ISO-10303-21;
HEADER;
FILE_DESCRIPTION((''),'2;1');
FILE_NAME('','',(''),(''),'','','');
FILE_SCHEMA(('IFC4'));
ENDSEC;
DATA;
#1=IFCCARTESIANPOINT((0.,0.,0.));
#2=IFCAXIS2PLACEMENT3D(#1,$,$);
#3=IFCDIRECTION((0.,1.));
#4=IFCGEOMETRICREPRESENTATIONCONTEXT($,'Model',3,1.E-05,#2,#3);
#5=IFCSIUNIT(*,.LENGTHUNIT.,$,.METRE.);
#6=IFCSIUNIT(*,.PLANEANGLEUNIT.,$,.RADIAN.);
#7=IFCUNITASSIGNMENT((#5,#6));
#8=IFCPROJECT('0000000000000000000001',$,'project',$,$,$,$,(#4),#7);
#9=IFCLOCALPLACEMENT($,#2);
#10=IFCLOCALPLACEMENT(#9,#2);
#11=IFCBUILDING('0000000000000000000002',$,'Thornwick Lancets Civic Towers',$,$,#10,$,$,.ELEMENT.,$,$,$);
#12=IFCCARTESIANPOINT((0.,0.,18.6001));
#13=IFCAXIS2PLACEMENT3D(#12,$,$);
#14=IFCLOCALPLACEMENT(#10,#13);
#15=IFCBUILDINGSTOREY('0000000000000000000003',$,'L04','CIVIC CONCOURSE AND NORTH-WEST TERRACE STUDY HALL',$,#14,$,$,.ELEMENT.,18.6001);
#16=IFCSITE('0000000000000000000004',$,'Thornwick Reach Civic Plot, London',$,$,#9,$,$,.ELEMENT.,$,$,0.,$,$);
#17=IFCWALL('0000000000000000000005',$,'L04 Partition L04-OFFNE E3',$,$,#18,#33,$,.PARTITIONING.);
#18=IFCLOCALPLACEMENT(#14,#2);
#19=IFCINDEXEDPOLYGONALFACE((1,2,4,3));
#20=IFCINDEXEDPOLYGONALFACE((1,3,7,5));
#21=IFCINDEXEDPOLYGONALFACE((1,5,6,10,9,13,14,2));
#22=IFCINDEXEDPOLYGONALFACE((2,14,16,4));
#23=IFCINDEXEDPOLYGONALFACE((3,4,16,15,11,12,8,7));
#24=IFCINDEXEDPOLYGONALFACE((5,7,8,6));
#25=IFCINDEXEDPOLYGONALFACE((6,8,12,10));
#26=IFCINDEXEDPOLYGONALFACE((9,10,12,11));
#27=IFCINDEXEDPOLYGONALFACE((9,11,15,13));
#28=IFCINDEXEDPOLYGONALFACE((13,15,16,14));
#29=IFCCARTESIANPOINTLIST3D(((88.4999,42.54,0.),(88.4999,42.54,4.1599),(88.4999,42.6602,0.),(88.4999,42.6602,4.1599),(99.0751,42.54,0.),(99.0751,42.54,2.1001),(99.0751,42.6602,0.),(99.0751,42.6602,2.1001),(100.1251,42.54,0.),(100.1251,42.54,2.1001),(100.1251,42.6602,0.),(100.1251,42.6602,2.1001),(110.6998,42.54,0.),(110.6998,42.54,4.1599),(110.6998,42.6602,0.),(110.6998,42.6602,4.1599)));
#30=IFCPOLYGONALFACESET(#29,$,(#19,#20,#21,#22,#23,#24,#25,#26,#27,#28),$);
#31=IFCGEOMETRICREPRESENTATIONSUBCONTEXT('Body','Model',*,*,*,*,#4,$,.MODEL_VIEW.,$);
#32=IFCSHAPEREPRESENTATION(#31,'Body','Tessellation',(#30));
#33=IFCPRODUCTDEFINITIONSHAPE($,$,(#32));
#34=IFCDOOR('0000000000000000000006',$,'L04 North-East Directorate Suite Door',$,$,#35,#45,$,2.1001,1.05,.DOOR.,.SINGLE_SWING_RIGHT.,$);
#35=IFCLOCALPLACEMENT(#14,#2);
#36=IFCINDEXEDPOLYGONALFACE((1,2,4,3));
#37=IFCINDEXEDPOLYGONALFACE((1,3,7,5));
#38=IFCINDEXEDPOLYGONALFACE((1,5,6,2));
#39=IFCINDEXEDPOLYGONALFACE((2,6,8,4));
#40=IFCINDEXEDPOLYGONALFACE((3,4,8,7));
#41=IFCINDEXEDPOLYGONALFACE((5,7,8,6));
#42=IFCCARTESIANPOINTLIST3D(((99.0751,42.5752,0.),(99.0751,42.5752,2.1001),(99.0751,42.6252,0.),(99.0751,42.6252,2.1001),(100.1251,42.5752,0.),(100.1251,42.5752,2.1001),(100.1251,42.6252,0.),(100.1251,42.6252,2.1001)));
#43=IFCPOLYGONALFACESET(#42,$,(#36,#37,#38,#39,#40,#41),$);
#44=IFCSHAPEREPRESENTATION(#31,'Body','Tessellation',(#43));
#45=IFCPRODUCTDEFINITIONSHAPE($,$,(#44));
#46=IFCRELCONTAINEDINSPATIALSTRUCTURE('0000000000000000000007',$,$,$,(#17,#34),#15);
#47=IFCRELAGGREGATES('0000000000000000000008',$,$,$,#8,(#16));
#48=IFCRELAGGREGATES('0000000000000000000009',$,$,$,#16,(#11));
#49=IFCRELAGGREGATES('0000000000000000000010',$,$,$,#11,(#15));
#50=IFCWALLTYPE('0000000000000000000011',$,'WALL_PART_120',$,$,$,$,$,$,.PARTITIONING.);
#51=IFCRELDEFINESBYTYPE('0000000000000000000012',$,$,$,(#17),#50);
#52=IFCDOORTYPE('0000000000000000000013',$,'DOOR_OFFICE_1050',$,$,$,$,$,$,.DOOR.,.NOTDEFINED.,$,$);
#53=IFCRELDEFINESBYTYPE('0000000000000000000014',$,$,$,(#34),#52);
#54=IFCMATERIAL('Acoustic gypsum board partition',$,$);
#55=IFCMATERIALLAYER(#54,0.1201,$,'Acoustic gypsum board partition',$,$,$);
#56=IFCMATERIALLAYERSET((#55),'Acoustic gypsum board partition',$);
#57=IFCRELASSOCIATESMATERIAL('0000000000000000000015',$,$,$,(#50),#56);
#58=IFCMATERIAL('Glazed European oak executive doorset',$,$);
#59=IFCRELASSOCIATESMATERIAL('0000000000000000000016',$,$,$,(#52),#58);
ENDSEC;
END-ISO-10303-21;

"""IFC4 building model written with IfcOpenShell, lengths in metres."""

from ifc_helpers import new_model, si_unit, direction, frame, frame_2d, origin, place, context, subcontext, project, spatial, rectangle, extrude, material, layer, layer_set, type_object, element, fill, save


model = new_model("IFC4")

# Units and contexts
model_context = context("Model", 3, precision=1e-05, world=origin(), true_north=direction((0.0, 1.0)))
body_context = subcontext(model_context, "Body", "Model", "MODEL_VIEW")
ifc_project = project(units=[si_unit("LENGTHUNIT", "METRE"), si_unit("PLANEANGLEUNIT", "RADIAN")], contexts=[model_context])

# Site, building, storey
site_placement = place(None, origin())
site = spatial("IfcSite", under=ifc_project, at=site_placement, Name="Thornwick Reach Civic Plot, London", CompositionType="ELEMENT", RefElevation=0.0)
building_placement = place(site_placement, origin())
building = spatial("IfcBuilding", under=site, at=building_placement, Name="Thornwick Lancets Civic Towers", CompositionType="ELEMENT")
storey_placement = place(building_placement, frame((0.0, 0.0, 18.6001)))
storey = spatial("IfcBuildingStorey", under=building, at=storey_placement, Name="L04", Description="CIVIC CONCOURSE AND NORTH-WEST TERRACE STUDY HALL", CompositionType="ELEMENT", Elevation=18.6001)

# Shared definitions
ifc_material_1 = material(Name="Acoustic gypsum board partition")
ifc_layer_1 = layer(ifc_material_1, 0.1201, Name="Acoustic gypsum board partition")
ifc_layer_set_1 = layer_set([ifc_layer_1], Name="Acoustic gypsum board partition")
wall_type_1 = type_object("IfcWallType", Name="WALL_PART_120", PredefinedType="PARTITIONING", material=ifc_layer_set_1)
ifc_material_2 = material(Name="Glazed European oak executive doorset")
door_type_1 = type_object("IfcDoorType", Name="DOOR_OFFICE_1050", OperationType="NOTDEFINED", PredefinedType="DOOR", material=ifc_material_2)

# Wall, opening, door
wall_1_placement = place(storey_placement, frame((110.7, 42.6001, 0.0), z_axis=(0.0, 0.0, 1.0), x_axis=(-1.0, 0.0, 0.0)))
wall_1 = element("IfcWall", 1, at=wall_1_placement, inside=storey, type_object=wall_type_1, Name="L04 Partition L04-OFFNE E3", PredefinedType="PARTITIONING", context=body_context, shape_type="SweptSolid", body=[
    extrude(rectangle(XDim=22.2, YDim=0.1201, at=frame_2d((11.1001, 0.0))), origin(), (0.0, 0.0, 1.0), 4.1599),
])
opening_1_placement = place(wall_1_placement, frame((10.575, 0.0, 0.0)))
opening_1 = element("IfcOpeningElement", 2, at=opening_1_placement, cuts=wall_1, PredefinedType="OPENING", context=body_context, shape_type="SweptSolid", body=[
    extrude(rectangle(XDim=1.05, YDim=2.1001, at=frame_2d((0.5249, 1.05))), frame((0.0, 0.0701, 0.0), z_axis=(0.0, -1.0, 0.0), x_axis=(1.0, 0.0, 0.0)), (0.0, 0.0, 1.0), 0.1401),
])
door_1_placement = place(opening_1_placement, origin())
door_1 = element("IfcDoor", 3, at=door_1_placement, inside=storey, type_object=door_type_1, Name="L04 North-East Directorate Suite Door", OperationType="SINGLE_SWING_RIGHT", OverallHeight=2.1001, OverallWidth=1.05, PredefinedType="DOOR", context=body_context, shape_type="SweptSolid", body=[
    extrude(rectangle(XDim=1.05, YDim=2.1001, at=frame_2d((0.5249, 1.05))), frame((0.0, 0.0249, 0.0), z_axis=(0.0, -1.0, 0.0), x_axis=(1.0, 0.0, 0.0)), (0.0, 0.0, 1.0), 0.05),
])
fill(opening_1, door_1)

save(model, "model.ifc")
